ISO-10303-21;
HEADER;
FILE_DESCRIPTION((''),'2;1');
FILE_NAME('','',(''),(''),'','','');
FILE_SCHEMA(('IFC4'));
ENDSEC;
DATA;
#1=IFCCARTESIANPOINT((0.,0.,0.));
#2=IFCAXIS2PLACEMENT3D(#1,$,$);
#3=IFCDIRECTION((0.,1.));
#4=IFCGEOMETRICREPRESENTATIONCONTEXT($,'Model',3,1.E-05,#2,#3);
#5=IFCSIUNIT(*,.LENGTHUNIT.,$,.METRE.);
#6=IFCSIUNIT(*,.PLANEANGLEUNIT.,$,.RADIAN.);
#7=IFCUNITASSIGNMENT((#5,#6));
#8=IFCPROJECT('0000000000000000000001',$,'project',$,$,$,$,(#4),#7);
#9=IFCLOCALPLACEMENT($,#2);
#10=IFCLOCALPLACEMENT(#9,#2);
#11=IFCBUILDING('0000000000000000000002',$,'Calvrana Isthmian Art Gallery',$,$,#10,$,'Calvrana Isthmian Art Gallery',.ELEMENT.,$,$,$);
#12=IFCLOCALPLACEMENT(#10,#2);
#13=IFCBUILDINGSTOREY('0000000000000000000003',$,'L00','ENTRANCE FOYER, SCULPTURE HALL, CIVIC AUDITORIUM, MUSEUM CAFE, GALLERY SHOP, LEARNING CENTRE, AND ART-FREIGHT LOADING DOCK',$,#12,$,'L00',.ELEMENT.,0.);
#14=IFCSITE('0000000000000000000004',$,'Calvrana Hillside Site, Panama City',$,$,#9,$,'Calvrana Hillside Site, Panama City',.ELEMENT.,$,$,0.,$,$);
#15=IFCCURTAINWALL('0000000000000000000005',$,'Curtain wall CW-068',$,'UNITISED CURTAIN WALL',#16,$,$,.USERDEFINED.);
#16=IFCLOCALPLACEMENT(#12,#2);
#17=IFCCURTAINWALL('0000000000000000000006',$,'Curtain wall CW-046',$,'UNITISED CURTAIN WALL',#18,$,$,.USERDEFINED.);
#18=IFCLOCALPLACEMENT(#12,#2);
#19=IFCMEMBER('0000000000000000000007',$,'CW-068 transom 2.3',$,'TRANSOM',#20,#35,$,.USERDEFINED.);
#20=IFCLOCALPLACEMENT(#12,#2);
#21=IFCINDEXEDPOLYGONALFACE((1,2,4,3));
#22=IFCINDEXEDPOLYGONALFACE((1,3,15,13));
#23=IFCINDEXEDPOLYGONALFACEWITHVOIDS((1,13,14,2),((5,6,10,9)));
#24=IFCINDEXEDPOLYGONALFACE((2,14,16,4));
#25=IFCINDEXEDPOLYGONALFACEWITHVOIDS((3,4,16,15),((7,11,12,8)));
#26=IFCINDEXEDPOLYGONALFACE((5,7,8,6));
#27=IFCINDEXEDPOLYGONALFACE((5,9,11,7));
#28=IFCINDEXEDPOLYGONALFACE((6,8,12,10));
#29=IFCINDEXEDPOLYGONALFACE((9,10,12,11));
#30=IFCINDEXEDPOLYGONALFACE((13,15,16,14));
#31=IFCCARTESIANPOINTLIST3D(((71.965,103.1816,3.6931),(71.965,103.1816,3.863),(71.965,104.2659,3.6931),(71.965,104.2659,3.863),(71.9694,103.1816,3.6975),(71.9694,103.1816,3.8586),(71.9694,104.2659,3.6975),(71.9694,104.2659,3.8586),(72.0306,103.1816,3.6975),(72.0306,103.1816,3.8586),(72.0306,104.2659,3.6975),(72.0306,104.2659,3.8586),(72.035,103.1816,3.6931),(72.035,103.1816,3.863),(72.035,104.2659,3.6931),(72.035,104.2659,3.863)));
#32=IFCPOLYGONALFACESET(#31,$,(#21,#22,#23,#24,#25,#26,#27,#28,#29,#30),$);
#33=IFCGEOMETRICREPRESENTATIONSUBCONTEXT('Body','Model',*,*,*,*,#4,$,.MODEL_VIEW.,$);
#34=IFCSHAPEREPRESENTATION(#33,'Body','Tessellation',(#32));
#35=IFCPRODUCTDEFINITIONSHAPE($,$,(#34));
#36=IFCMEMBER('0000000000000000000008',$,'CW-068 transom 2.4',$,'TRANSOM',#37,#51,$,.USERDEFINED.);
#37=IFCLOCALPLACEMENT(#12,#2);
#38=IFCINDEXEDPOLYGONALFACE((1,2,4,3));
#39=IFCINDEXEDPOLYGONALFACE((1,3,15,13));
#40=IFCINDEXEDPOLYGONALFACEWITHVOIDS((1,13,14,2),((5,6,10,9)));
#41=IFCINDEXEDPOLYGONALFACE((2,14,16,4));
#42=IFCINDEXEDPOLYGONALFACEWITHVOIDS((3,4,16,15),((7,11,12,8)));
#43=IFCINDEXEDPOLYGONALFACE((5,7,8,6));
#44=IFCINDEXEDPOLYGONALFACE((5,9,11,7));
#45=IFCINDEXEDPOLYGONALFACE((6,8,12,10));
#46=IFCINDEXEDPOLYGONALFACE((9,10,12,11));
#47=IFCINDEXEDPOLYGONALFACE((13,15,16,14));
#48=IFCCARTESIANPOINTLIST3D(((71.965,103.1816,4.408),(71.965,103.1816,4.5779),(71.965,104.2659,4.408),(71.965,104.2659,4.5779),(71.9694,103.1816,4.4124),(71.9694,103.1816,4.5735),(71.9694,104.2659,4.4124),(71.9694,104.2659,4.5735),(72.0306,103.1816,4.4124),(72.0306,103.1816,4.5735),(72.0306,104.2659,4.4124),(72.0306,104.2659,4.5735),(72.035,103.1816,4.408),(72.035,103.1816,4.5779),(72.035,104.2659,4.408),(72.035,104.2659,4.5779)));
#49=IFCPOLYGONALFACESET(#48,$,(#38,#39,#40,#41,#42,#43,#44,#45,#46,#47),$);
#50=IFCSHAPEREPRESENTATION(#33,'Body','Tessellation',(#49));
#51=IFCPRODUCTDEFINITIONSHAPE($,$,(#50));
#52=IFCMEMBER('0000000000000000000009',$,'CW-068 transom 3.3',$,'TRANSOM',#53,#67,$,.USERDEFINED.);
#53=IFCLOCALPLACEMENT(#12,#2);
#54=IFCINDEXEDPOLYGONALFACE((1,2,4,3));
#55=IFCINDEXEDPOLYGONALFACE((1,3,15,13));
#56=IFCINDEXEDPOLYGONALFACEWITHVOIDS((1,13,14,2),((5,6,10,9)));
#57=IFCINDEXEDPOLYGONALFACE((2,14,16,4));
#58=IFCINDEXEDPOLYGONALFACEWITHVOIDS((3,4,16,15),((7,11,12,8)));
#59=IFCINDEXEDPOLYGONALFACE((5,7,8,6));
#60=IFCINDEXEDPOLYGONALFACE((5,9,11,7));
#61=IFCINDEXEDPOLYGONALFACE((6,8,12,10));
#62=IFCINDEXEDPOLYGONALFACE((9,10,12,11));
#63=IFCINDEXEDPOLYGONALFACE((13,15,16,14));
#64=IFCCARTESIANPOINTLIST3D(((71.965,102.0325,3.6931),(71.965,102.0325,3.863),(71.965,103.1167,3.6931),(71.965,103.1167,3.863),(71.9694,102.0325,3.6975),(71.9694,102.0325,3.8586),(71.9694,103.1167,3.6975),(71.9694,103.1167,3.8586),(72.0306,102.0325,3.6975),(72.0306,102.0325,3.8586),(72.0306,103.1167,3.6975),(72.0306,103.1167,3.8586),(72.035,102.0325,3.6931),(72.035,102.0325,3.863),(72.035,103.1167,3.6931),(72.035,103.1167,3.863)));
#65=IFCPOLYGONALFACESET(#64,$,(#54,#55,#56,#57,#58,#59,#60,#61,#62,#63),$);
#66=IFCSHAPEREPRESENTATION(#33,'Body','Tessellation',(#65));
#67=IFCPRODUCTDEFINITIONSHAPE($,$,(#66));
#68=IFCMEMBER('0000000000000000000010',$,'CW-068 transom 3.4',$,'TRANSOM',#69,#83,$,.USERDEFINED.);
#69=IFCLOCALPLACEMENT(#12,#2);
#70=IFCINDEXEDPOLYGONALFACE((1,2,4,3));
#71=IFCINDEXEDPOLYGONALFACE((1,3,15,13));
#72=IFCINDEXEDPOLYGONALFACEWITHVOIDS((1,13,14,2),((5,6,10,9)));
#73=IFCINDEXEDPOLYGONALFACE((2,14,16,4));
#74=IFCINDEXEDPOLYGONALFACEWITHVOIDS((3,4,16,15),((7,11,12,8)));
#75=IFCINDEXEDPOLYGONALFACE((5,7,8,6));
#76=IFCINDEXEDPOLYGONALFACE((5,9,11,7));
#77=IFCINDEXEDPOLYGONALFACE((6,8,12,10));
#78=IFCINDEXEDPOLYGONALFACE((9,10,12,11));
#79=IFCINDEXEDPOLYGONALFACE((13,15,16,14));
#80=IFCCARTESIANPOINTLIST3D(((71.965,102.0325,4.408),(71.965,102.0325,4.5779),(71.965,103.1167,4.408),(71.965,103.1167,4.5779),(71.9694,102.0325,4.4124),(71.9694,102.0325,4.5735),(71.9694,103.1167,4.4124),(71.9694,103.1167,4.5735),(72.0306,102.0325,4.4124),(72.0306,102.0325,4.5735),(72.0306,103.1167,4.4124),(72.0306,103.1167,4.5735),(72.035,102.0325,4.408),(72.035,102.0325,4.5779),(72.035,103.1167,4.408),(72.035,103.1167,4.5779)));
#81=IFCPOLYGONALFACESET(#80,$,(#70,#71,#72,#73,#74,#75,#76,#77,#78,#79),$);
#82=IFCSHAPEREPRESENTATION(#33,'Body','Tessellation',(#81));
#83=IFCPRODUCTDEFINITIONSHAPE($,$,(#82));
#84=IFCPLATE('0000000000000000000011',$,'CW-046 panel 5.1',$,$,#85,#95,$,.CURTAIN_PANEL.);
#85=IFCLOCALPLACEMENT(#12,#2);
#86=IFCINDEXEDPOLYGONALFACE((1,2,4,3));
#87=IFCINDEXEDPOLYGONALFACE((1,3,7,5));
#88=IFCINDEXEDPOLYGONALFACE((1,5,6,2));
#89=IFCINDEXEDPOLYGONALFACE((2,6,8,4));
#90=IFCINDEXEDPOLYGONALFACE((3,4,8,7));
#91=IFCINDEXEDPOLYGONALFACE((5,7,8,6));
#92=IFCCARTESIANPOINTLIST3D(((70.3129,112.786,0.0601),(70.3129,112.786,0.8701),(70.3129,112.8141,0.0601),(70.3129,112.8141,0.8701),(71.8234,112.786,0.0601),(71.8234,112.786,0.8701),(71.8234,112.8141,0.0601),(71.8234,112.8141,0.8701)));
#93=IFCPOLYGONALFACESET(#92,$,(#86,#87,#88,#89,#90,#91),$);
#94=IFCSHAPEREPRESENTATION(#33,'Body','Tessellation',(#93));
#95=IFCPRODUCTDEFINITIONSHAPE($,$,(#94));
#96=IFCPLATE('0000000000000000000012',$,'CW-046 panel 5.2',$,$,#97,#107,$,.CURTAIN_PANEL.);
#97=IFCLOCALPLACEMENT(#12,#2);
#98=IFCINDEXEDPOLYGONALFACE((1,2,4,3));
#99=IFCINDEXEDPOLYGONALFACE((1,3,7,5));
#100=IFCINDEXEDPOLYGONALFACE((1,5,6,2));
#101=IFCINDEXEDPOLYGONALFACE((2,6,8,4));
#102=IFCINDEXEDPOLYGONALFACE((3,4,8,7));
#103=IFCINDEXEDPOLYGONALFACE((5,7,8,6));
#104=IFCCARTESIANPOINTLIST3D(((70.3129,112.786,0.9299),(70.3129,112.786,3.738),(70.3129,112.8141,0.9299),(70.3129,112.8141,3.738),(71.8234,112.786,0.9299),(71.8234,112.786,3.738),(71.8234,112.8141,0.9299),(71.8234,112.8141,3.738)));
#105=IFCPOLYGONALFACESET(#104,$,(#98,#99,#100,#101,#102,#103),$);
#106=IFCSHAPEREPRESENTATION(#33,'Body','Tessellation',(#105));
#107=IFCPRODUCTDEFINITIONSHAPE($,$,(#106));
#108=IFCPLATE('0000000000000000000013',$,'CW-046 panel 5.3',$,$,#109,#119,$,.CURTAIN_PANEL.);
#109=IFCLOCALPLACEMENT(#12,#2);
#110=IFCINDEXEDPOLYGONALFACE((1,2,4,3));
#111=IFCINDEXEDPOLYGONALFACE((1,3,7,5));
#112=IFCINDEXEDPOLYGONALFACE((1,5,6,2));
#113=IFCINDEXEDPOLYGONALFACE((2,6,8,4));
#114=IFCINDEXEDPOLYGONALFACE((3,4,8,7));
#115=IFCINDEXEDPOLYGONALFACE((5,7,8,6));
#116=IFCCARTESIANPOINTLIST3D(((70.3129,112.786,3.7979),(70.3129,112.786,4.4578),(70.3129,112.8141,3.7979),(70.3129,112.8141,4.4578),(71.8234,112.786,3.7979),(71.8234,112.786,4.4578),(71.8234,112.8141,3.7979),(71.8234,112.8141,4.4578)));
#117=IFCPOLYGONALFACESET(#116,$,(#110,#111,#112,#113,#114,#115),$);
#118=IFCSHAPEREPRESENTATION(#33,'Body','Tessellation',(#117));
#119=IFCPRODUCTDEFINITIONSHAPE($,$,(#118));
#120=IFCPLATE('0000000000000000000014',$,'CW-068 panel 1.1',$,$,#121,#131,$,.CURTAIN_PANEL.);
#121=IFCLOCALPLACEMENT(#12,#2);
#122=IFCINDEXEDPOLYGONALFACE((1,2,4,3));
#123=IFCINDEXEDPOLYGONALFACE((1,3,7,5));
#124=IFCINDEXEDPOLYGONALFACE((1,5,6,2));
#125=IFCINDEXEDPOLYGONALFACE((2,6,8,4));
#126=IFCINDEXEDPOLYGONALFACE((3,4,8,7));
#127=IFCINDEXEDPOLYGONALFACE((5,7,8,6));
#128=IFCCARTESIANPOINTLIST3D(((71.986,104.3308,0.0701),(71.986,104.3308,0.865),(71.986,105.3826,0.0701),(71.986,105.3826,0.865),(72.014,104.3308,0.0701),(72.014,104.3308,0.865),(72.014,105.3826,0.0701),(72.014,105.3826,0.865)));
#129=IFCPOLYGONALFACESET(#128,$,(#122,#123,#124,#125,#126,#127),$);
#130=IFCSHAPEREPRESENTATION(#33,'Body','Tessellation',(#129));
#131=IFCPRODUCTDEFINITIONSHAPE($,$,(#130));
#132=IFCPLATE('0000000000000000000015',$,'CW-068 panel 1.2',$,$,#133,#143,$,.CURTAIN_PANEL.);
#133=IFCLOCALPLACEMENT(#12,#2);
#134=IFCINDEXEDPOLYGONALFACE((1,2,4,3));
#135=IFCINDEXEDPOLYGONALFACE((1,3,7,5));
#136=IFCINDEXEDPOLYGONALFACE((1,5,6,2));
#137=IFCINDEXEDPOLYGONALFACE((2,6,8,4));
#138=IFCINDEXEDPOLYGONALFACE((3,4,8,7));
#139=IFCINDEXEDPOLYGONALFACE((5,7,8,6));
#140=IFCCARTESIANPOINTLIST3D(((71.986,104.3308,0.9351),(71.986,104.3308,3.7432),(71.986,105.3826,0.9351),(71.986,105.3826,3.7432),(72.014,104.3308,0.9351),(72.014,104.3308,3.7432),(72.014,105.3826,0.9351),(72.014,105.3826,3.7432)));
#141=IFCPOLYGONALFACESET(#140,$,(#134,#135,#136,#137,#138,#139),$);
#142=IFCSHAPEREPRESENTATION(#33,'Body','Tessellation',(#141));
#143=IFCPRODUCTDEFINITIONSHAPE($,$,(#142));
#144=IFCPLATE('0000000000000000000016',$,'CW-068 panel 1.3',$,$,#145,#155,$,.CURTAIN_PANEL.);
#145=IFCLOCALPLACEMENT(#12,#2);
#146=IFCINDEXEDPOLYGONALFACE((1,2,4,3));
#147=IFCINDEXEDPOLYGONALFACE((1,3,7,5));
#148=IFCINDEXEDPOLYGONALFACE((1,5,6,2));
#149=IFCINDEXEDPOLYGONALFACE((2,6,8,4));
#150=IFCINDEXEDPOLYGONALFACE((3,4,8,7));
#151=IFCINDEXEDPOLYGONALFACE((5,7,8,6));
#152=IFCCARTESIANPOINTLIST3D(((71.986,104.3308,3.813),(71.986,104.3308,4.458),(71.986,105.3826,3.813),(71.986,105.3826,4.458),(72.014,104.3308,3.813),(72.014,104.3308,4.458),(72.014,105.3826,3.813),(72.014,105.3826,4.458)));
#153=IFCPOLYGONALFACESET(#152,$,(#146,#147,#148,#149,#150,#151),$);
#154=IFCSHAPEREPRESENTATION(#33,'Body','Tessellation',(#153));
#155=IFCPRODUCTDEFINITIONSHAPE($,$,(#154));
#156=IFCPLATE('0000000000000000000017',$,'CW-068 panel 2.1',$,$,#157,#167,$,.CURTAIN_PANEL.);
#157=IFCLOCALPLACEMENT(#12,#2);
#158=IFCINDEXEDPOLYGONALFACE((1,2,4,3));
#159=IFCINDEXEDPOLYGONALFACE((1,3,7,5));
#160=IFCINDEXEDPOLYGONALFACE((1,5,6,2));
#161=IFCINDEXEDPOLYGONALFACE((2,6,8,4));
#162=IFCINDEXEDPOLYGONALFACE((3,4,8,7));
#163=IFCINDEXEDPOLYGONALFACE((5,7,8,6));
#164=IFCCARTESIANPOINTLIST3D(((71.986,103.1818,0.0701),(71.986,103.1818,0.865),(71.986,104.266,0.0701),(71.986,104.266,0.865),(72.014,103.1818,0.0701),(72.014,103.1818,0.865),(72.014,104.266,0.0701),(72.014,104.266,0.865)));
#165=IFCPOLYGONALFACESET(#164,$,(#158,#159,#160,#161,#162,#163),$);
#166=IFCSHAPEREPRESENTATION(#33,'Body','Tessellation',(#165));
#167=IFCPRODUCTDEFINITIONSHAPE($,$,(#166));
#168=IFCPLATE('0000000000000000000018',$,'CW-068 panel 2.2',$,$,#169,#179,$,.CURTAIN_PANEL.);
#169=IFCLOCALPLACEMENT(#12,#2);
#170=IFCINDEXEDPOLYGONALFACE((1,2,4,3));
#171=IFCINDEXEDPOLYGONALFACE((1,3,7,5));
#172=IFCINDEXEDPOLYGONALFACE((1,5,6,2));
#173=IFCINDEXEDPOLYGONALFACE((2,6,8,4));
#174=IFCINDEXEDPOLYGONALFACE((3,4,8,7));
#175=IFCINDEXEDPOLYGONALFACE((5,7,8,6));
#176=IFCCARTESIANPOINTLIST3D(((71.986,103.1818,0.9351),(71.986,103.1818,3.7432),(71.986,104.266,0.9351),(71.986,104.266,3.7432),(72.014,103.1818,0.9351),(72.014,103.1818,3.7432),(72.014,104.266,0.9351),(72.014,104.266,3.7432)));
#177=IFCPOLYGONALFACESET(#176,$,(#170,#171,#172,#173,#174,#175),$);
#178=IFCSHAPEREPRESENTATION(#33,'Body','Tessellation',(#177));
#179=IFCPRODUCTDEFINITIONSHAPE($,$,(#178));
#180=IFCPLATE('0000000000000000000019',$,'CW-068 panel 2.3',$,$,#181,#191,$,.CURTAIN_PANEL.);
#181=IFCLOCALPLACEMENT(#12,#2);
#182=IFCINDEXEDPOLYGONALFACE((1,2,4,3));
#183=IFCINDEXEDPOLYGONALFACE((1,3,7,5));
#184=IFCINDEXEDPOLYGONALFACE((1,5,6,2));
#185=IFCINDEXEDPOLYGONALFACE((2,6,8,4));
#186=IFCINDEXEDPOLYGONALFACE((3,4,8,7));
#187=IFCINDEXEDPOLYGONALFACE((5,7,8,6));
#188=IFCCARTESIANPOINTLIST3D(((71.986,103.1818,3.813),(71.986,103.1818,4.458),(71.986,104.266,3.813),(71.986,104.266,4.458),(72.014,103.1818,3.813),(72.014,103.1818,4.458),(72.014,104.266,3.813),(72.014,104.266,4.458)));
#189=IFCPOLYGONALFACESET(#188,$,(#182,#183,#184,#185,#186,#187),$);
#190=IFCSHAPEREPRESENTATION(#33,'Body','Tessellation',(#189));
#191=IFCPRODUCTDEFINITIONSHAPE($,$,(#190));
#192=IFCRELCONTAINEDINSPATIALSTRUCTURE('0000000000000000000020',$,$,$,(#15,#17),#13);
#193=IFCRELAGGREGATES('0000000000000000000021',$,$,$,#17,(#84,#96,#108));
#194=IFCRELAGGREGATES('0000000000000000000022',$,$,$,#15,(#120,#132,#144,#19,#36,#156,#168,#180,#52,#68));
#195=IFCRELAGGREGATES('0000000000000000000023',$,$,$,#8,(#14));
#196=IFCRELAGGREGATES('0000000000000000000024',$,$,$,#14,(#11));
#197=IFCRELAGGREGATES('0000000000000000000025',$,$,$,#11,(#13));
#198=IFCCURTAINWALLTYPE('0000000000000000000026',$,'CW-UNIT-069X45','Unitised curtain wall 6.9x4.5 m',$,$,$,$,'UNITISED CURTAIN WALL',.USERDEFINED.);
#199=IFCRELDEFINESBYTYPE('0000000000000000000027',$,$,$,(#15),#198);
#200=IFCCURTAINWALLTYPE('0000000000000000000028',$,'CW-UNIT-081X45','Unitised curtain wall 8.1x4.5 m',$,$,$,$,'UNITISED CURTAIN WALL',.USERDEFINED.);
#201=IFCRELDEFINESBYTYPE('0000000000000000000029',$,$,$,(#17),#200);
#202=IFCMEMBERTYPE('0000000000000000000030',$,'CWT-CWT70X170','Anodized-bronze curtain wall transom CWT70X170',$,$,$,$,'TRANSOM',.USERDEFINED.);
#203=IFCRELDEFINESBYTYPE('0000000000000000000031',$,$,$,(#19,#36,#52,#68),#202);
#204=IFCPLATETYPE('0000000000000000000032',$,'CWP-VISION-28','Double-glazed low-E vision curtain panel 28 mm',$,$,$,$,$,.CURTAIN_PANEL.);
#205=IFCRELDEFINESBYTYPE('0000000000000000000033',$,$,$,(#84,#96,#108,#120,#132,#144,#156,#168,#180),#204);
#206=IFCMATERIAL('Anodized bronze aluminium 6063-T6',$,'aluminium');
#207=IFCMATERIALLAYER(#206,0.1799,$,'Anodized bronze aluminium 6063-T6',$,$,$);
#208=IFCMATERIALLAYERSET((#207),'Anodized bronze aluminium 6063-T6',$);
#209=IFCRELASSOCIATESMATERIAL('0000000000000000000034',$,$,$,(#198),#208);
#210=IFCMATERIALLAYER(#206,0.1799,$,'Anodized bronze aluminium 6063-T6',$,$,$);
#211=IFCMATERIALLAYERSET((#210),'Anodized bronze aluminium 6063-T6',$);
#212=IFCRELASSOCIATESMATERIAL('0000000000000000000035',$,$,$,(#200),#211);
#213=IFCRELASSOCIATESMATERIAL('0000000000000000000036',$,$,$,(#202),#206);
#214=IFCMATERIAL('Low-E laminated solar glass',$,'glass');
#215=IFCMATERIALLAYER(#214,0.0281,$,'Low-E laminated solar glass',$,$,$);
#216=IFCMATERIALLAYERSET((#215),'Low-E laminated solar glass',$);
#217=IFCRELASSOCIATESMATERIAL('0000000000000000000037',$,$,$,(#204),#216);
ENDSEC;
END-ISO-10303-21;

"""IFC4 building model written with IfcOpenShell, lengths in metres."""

from ifc_helpers import new_model, si_unit, direction, frame, origin, origin_2d, place, context, subcontext, project, spatial, rectangle, hollow_rectangle, extrude, material, layer, layer_set, material_profile, profile_set, type_object, element, aggregate, save


model = new_model("IFC4")

# Units and contexts
model_context = context("Model", 3, precision=1e-05, world=origin(), true_north=direction((0.0, 1.0)))
body_context = subcontext(model_context, "Body", "Model", "MODEL_VIEW")
ifc_project = project(units=[si_unit("LENGTHUNIT", "METRE"), si_unit("PLANEANGLEUNIT", "RADIAN")], contexts=[model_context])

# Site, building, storey
site_placement = place(None, origin())
site = spatial("IfcSite", under=ifc_project, at=site_placement, Name="Calvrana Hillside Site, Panama City", LongName="Calvrana Hillside Site, Panama City", CompositionType="ELEMENT", RefElevation=0.0)
building_placement = place(site_placement, origin())
building = spatial("IfcBuilding", under=site, at=building_placement, Name="Calvrana Isthmian Art Gallery", LongName="Calvrana Isthmian Art Gallery", CompositionType="ELEMENT")
storey_placement = place(building_placement, origin())
storey = spatial("IfcBuildingStorey", under=building, at=storey_placement, Name="L00", Description="ENTRANCE FOYER, SCULPTURE HALL, CIVIC AUDITORIUM, MUSEUM CAFE, GALLERY SHOP, LEARNING CENTRE, AND ART-FREIGHT LOADING DOCK", LongName="L00", CompositionType="ELEMENT", Elevation=0.0)

# Curtain walls
ifc_material_1 = material(Name="Anodized bronze aluminium 6063-T6", Category="aluminium")
ifc_layer_1 = layer(ifc_material_1, 0.1799, Name="Anodized bronze aluminium 6063-T6")
ifc_layer_set_1 = layer_set([ifc_layer_1], Name="Anodized bronze aluminium 6063-T6")
curtain_wall_type_1 = type_object("IfcCurtainWallType", Name="CW-UNIT-069X45", Description="Unitised curtain wall 6.9x4.5 m", ElementType="UNITISED CURTAIN WALL", PredefinedType="USERDEFINED", material=ifc_layer_set_1)
curtain_wall_1_placement = place(storey_placement, origin())
curtain_wall_1 = element("IfcCurtainWall", 1, at=curtain_wall_1_placement, inside=storey, type_object=curtain_wall_type_1, Name="Curtain wall CW-068", ObjectType="UNITISED CURTAIN WALL", PredefinedType="USERDEFINED")
ifc_layer_2 = layer(ifc_material_1, 0.1799, Name="Anodized bronze aluminium 6063-T6")
ifc_layer_set_2 = layer_set([ifc_layer_2], Name="Anodized bronze aluminium 6063-T6")
curtain_wall_type_2 = type_object("IfcCurtainWallType", Name="CW-UNIT-081X45", Description="Unitised curtain wall 8.1x4.5 m", ElementType="UNITISED CURTAIN WALL", PredefinedType="USERDEFINED", material=ifc_layer_set_2)
curtain_wall_2_placement = place(storey_placement, origin())
curtain_wall_2 = element("IfcCurtainWall", 2, at=curtain_wall_2_placement, inside=storey, type_object=curtain_wall_type_2, Name="Curtain wall CW-046", ObjectType="UNITISED CURTAIN WALL", PredefinedType="USERDEFINED")

# Members
ifc_material_profile_1 = material_profile(ifc_material_1, hollow_rectangle(XDim=0.0701, YDim=0.1699, WallThickness=0.0044, at=origin_2d()), Name="CWT70X170")
ifc_profile_set_1 = profile_set([ifc_material_profile_1], Name="Anodized bronze aluminium 6063-T6")
member_type_1 = type_object("IfcMemberType", Name="CWT-CWT70X170", Description="Anodized-bronze curtain wall transom CWT70X170", ElementType="TRANSOM", PredefinedType="USERDEFINED", material=ifc_profile_set_1)
member_1_placement = place(storey_placement, frame((72.0, 104.2659, 3.7781), z_axis=(0.0, -1.0, 0.0), x_axis=(1.0, 0.0, 0.0)))
member_1 = element("IfcMember", 3, at=member_1_placement, type_object=member_type_1, Name="CW-068 transom 2.3", ObjectType="TRANSOM", PredefinedType="USERDEFINED", context=body_context, shape_type="SweptSolid", body=[
    extrude(hollow_rectangle(XDim=0.0701, YDim=0.1699, WallThickness=0.0044, at=origin_2d()), origin(), (0.0, 0.0, 1.0), 1.0842),
])
member_2_placement = place(storey_placement, frame((72.0, 104.2659, 4.4929), z_axis=(0.0, -1.0, 0.0), x_axis=(1.0, 0.0, 0.0)))
member_2 = element("IfcMember", 4, at=member_2_placement, type_object=member_type_1, Name="CW-068 transom 2.4", ObjectType="TRANSOM", PredefinedType="USERDEFINED", context=body_context, shape_type="SweptSolid", body=[
    extrude(hollow_rectangle(XDim=0.0701, YDim=0.1699, WallThickness=0.0044, at=origin_2d()), origin(), (0.0, 0.0, 1.0), 1.0842),
])
member_3_placement = place(storey_placement, frame((72.0, 103.1167, 3.7781), z_axis=(0.0, -1.0, 0.0), x_axis=(1.0, 0.0, 0.0)))
member_3 = element("IfcMember", 5, at=member_3_placement, type_object=member_type_1, Name="CW-068 transom 3.3", ObjectType="TRANSOM", PredefinedType="USERDEFINED", context=body_context, shape_type="SweptSolid", body=[
    extrude(hollow_rectangle(XDim=0.0701, YDim=0.1699, WallThickness=0.0044, at=origin_2d()), origin(), (0.0, 0.0, 1.0), 1.0842),
])
member_4_placement = place(storey_placement, frame((72.0, 103.1167, 4.4929), z_axis=(0.0, -1.0, 0.0), x_axis=(1.0, 0.0, 0.0)))
member_4 = element("IfcMember", 6, at=member_4_placement, type_object=member_type_1, Name="CW-068 transom 3.4", ObjectType="TRANSOM", PredefinedType="USERDEFINED", context=body_context, shape_type="SweptSolid", body=[
    extrude(hollow_rectangle(XDim=0.0701, YDim=0.1699, WallThickness=0.0044, at=origin_2d()), origin(), (0.0, 0.0, 1.0), 1.0842),
])

# Plates
ifc_material_2 = material(Name="Low-E laminated solar glass", Category="glass")
ifc_layer_3 = layer(ifc_material_2, 0.0281, Name="Low-E laminated solar glass")
ifc_layer_set_3 = layer_set([ifc_layer_3], Name="Low-E laminated solar glass")
plate_type_1 = type_object("IfcPlateType", Name="CWP-VISION-28", Description="Double-glazed low-E vision curtain panel 28 mm", PredefinedType="CURTAIN_PANEL", material=ifc_layer_set_3)
plate_1_placement = place(storey_placement, frame((71.0681, 112.8, 0.0601), z_axis=(0.0, 0.0, 1.0), x_axis=(1.0, 0.0, 0.0)))
plate_1 = element("IfcPlate", 7, at=plate_1_placement, type_object=plate_type_1, Name="CW-046 panel 5.1", PredefinedType="CURTAIN_PANEL", context=body_context, shape_type="SweptSolid", body=[
    extrude(rectangle(XDim=1.5105, YDim=0.0281, at=origin_2d()), origin(), (0.0, 0.0, 1.0), 0.8101),
])
plate_2_placement = place(storey_placement, frame((71.0681, 112.8, 0.9299), z_axis=(0.0, 0.0, 1.0), x_axis=(1.0, 0.0, 0.0)))
plate_2 = element("IfcPlate", 8, at=plate_2_placement, type_object=plate_type_1, Name="CW-046 panel 5.2", PredefinedType="CURTAIN_PANEL", context=body_context, shape_type="SweptSolid", body=[
    extrude(rectangle(XDim=1.5105, YDim=0.0281, at=origin_2d()), origin(), (0.0, 0.0, 1.0), 2.8081),
])
plate_3_placement = place(storey_placement, frame((71.0681, 112.8, 3.7979), z_axis=(0.0, 0.0, 1.0), x_axis=(1.0, 0.0, 0.0)))
plate_3 = element("IfcPlate", 9, at=plate_3_placement, type_object=plate_type_1, Name="CW-046 panel 5.3", PredefinedType="CURTAIN_PANEL", context=body_context, shape_type="SweptSolid", body=[
    extrude(rectangle(XDim=1.5105, YDim=0.0281, at=origin_2d()), origin(), (0.0, 0.0, 1.0), 0.6599),
])
aggregate(curtain_wall_2, [plate_1, plate_2, plate_3])
plate_4_placement = place(storey_placement, frame((72.0, 104.8567, 0.0701), z_axis=(0.0, 0.0, 1.0), x_axis=(0.0, -1.0, 0.0)))
plate_4 = element("IfcPlate", 10, at=plate_4_placement, type_object=plate_type_1, Name="CW-068 panel 1.1", PredefinedType="CURTAIN_PANEL", context=body_context, shape_type="SweptSolid", body=[
    extrude(rectangle(XDim=1.0518, YDim=0.0281, at=origin_2d()), origin(), (0.0, 0.0, 1.0), 0.7949),
])
plate_5_placement = place(storey_placement, frame((72.0, 104.8567, 0.9351), z_axis=(0.0, 0.0, 1.0), x_axis=(0.0, -1.0, 0.0)))
plate_5 = element("IfcPlate", 11, at=plate_5_placement, type_object=plate_type_1, Name="CW-068 panel 1.2", PredefinedType="CURTAIN_PANEL", context=body_context, shape_type="SweptSolid", body=[
    extrude(rectangle(XDim=1.0518, YDim=0.0281, at=origin_2d()), origin(), (0.0, 0.0, 1.0), 2.8081),
])
plate_6_placement = place(storey_placement, frame((72.0, 104.8567, 3.813), z_axis=(0.0, 0.0, 1.0), x_axis=(0.0, -1.0, 0.0)))
plate_6 = element("IfcPlate", 12, at=plate_6_placement, type_object=plate_type_1, Name="CW-068 panel 1.3", PredefinedType="CURTAIN_PANEL", context=body_context, shape_type="SweptSolid", body=[
    extrude(rectangle(XDim=1.0518, YDim=0.0281, at=origin_2d()), origin(), (0.0, 0.0, 1.0), 0.645),
])
plate_7_placement = place(storey_placement, frame((72.0, 103.7239, 0.0701), z_axis=(0.0, 0.0, 1.0), x_axis=(0.0, -1.0, 0.0)))
plate_7 = element("IfcPlate", 13, at=plate_7_placement, type_object=plate_type_1, Name="CW-068 panel 2.1", PredefinedType="CURTAIN_PANEL", context=body_context, shape_type="SweptSolid", body=[
    extrude(rectangle(XDim=1.0842, YDim=0.0281, at=origin_2d()), origin(), (0.0, 0.0, 1.0), 0.7949),
])
plate_8_placement = place(storey_placement, frame((72.0, 103.7239, 0.9351), z_axis=(0.0, 0.0, 1.0), x_axis=(0.0, -1.0, 0.0)))
plate_8 = element("IfcPlate", 14, at=plate_8_placement, type_object=plate_type_1, Name="CW-068 panel 2.2", PredefinedType="CURTAIN_PANEL", context=body_context, shape_type="SweptSolid", body=[
    extrude(rectangle(XDim=1.0842, YDim=0.0281, at=origin_2d()), origin(), (0.0, 0.0, 1.0), 2.8081),
])
plate_9_placement = place(storey_placement, frame((72.0, 103.7239, 3.813), z_axis=(0.0, 0.0, 1.0), x_axis=(0.0, -1.0, 0.0)))
plate_9 = element("IfcPlate", 15, at=plate_9_placement, type_object=plate_type_1, Name="CW-068 panel 2.3", PredefinedType="CURTAIN_PANEL", context=body_context, shape_type="SweptSolid", body=[
    extrude(rectangle(XDim=1.0842, YDim=0.0281, at=origin_2d()), origin(), (0.0, 0.0, 1.0), 0.645),
])
aggregate(curtain_wall_1, [plate_4, plate_5, plate_6, member_1, member_2, plate_7, plate_8, plate_9, member_3, member_4])

save(model, "model.ifc")
